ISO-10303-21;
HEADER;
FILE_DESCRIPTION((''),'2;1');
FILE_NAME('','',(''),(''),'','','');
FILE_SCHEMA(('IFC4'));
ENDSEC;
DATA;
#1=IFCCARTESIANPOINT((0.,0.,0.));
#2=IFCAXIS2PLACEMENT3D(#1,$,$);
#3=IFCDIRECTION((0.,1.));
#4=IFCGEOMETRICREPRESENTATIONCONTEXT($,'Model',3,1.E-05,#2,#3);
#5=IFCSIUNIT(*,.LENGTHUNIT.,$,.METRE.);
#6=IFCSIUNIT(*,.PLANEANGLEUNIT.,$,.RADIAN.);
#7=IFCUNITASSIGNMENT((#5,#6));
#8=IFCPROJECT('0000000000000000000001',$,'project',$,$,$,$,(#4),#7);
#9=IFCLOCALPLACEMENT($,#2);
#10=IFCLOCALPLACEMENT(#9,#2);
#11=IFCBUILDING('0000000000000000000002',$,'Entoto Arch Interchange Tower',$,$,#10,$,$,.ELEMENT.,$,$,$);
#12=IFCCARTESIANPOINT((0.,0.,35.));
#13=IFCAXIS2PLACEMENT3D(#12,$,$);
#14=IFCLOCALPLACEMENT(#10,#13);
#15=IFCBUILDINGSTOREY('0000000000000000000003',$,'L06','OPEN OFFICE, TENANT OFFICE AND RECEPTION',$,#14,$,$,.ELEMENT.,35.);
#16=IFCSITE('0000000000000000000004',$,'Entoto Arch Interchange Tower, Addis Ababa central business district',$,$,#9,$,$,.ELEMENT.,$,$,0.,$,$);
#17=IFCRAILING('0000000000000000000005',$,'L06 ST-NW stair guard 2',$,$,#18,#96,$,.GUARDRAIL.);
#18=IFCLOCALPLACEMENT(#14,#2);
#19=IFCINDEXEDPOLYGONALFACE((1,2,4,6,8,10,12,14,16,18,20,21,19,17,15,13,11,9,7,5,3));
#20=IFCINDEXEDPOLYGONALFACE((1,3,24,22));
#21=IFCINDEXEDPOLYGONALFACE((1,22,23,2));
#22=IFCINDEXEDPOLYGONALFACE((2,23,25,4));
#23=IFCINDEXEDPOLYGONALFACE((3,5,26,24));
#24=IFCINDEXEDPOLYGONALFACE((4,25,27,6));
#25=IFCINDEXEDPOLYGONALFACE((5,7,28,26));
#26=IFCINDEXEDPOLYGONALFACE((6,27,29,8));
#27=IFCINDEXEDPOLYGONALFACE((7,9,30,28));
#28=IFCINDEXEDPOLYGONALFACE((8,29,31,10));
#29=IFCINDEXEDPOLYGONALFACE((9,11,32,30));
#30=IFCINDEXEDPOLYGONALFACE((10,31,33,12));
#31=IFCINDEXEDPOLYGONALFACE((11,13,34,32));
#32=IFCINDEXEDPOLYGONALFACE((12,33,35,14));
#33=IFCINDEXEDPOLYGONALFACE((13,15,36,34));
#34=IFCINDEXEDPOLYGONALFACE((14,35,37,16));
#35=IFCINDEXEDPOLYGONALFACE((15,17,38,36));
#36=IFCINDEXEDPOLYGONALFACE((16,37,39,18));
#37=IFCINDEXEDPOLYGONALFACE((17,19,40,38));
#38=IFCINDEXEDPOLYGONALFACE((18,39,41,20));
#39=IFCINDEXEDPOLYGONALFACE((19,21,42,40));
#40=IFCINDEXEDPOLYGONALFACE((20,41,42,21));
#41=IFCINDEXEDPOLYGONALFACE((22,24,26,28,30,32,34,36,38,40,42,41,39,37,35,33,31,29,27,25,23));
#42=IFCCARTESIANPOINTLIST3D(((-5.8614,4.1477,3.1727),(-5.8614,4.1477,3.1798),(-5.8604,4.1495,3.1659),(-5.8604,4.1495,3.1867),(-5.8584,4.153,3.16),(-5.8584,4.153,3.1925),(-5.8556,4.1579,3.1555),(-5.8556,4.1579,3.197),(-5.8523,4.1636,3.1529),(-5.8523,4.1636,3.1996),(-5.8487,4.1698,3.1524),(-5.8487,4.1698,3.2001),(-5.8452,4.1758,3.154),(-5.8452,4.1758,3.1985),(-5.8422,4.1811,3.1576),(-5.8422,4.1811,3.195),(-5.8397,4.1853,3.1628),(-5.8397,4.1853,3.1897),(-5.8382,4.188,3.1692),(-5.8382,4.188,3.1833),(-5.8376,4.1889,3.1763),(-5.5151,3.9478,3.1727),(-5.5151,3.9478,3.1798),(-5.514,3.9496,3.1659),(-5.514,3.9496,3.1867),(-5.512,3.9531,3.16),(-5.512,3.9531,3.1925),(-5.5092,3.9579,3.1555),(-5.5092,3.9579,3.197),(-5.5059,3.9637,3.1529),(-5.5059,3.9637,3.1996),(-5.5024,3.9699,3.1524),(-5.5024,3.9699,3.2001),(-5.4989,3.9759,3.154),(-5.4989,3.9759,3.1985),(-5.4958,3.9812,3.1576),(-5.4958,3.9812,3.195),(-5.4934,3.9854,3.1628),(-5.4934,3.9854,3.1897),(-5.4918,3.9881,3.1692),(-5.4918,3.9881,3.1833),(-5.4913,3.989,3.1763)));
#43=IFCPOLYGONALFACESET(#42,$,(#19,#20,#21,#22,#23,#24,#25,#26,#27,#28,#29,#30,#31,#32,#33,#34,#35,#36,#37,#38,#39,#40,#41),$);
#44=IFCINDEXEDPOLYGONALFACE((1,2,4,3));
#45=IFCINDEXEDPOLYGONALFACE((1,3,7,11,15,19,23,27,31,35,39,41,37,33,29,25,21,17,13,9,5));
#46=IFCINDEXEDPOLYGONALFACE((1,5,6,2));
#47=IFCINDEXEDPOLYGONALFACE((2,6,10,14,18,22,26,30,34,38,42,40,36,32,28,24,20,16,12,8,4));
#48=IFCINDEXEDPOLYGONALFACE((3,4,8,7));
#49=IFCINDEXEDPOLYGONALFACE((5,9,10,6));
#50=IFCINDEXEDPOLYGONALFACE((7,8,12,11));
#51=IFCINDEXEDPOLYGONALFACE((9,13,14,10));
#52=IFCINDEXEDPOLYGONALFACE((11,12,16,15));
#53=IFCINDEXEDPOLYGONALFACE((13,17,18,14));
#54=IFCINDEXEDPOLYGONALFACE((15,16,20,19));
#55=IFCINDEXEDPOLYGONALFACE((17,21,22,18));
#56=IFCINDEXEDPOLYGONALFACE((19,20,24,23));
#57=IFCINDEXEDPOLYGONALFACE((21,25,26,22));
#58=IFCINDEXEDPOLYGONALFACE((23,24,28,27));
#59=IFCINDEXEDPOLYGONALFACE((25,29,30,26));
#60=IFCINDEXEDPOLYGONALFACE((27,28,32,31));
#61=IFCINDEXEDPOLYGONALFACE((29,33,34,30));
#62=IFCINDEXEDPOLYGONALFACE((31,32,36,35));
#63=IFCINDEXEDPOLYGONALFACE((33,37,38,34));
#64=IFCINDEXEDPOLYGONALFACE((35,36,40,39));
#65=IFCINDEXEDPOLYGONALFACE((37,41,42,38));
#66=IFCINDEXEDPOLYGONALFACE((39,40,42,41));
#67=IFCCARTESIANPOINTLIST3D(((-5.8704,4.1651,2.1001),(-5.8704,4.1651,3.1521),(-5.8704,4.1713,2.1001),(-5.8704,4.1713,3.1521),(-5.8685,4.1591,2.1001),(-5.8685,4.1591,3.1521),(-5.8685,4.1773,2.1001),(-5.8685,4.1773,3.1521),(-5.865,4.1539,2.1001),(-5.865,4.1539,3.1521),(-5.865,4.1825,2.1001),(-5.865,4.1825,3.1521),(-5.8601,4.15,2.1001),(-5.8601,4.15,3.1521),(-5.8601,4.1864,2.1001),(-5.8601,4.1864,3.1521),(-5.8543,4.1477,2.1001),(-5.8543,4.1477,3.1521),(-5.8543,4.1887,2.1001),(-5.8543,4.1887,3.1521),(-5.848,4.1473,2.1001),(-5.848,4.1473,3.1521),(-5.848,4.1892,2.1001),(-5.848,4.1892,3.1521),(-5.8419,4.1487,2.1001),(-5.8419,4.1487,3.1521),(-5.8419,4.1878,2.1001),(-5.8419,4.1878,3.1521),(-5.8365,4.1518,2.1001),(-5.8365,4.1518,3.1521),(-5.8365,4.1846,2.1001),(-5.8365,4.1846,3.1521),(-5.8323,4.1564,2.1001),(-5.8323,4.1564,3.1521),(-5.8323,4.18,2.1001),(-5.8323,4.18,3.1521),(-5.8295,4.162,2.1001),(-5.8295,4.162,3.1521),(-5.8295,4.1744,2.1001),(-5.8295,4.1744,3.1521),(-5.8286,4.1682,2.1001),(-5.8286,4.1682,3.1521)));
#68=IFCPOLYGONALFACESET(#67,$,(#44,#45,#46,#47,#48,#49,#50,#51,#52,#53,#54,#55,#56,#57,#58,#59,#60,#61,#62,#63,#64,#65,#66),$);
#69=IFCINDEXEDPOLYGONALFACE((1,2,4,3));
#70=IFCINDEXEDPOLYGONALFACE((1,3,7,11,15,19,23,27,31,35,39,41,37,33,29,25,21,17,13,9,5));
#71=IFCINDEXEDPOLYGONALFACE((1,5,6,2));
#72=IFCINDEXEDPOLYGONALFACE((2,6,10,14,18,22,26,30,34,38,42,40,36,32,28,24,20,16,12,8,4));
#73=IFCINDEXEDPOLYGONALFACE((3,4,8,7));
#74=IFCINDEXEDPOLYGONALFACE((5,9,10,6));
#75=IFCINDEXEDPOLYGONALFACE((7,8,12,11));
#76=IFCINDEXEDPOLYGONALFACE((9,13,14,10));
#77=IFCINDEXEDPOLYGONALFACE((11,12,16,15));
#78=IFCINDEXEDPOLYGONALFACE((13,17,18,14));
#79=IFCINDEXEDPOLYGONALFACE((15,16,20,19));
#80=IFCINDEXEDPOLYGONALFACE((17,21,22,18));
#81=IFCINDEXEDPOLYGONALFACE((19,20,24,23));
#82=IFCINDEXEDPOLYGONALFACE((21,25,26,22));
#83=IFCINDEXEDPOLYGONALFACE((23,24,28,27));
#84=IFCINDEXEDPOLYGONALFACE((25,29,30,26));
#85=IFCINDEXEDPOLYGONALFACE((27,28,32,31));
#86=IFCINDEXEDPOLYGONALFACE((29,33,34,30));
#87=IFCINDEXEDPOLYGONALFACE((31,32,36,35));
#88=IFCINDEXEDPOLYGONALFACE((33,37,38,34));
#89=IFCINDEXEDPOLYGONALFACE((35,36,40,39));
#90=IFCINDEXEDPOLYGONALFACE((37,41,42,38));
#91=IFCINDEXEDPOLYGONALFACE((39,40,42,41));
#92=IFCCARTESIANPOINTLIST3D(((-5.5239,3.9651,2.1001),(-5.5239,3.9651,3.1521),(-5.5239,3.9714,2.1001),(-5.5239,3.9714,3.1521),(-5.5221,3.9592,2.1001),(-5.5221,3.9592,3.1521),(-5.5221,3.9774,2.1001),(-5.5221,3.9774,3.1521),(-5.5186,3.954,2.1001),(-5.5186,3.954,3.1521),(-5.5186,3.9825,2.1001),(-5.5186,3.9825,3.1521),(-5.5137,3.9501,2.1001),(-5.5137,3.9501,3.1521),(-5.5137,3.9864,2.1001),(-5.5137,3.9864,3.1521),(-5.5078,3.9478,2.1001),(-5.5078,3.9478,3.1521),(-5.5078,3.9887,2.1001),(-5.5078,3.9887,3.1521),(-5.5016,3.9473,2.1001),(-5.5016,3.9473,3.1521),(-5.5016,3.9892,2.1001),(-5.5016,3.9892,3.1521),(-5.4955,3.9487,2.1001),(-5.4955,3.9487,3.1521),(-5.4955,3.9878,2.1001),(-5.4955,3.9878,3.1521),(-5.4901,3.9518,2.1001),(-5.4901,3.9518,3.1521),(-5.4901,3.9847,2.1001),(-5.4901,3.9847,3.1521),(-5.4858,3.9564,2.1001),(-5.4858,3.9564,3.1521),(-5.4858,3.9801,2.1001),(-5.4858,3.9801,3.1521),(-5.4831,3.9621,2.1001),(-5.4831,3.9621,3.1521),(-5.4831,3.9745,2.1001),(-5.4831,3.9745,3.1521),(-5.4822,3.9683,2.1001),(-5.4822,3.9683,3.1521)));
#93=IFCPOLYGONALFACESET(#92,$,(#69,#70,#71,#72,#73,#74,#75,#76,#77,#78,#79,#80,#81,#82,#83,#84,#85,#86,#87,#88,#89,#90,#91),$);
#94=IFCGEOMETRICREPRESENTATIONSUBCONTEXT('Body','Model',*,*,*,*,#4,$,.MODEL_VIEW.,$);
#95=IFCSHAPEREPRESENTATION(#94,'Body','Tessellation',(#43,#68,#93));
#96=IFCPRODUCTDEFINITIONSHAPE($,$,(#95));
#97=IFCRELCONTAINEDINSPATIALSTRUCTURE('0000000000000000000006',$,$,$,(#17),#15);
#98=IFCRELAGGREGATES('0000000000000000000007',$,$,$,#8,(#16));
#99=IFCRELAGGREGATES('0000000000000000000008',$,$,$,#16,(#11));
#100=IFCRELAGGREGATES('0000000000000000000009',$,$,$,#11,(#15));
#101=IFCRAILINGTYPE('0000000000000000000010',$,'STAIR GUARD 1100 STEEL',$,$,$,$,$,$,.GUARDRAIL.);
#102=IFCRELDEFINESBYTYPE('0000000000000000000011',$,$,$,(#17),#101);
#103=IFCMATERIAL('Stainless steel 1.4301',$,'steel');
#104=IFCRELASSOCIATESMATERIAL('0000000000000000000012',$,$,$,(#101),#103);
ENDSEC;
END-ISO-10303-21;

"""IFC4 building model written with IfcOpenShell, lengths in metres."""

from ifc_helpers import new_model, si_unit, direction, frame, origin, origin_2d, place, context, subcontext, project, spatial, circle, extrude, material, type_object, element, save


model = new_model("IFC4")

# Units and contexts
model_context = context("Model", 3, precision=1e-05, world=origin(), true_north=direction((0.0, 1.0)))
body_context = subcontext(model_context, "Body", "Model", "MODEL_VIEW")
ifc_project = project(units=[si_unit("LENGTHUNIT", "METRE"), si_unit("PLANEANGLEUNIT", "RADIAN")], contexts=[model_context])

# Site, building, storey
site_placement = place(None, origin())
site = spatial("IfcSite", under=ifc_project, at=site_placement, Name="Entoto Arch Interchange Tower, Addis Ababa central business district", CompositionType="ELEMENT", RefElevation=0.0)
building_placement = place(site_placement, origin())
building = spatial("IfcBuilding", under=site, at=building_placement, Name="Entoto Arch Interchange Tower", CompositionType="ELEMENT")
storey_placement = place(building_placement, frame((0.0, 0.0, 35.0)))
storey = spatial("IfcBuildingStorey", under=building, at=storey_placement, Name="L06", Description="OPEN OFFICE, TENANT OFFICE AND RECEPTION", CompositionType="ELEMENT", Elevation=35.0)

# Railing
ifc_material_1 = material(Name="Stainless steel 1.4301", Category="steel")
railing_type = type_object("IfcRailingType", Name="STAIR GUARD 1100 STEEL", PredefinedType="GUARDRAIL", material=ifc_material_1)
railing_1_placement = place(storey_placement, frame((-5.8496, 4.1682, 2.1001)))
element("IfcRailing", 1, at=railing_1_placement, inside=storey, type_object=railing_type, Name="L06 ST-NW stair guard 2", PredefinedType="GUARDRAIL", context=body_context, shape_type="SweptSolid", body=[
    extrude(circle(Radius=0.0239, at=origin_2d()), frame((0.0, 0.0, 1.0762), z_axis=(0.866094, -0.499881, 0.0), x_axis=(0.499881, 0.866094, 0.0)), (0.0, 0.0, 1.0), 0.3999),
    extrude(circle(Radius=0.021, at=origin_2d()), origin(), (0.0, 0.0, 1.0), 1.052),
    extrude(circle(Radius=0.021, at=origin_2d()), frame((0.3464, -0.2, 0.0)), (0.0, 0.0, 1.0), 1.052),
])

save(model, "model.ifc")
